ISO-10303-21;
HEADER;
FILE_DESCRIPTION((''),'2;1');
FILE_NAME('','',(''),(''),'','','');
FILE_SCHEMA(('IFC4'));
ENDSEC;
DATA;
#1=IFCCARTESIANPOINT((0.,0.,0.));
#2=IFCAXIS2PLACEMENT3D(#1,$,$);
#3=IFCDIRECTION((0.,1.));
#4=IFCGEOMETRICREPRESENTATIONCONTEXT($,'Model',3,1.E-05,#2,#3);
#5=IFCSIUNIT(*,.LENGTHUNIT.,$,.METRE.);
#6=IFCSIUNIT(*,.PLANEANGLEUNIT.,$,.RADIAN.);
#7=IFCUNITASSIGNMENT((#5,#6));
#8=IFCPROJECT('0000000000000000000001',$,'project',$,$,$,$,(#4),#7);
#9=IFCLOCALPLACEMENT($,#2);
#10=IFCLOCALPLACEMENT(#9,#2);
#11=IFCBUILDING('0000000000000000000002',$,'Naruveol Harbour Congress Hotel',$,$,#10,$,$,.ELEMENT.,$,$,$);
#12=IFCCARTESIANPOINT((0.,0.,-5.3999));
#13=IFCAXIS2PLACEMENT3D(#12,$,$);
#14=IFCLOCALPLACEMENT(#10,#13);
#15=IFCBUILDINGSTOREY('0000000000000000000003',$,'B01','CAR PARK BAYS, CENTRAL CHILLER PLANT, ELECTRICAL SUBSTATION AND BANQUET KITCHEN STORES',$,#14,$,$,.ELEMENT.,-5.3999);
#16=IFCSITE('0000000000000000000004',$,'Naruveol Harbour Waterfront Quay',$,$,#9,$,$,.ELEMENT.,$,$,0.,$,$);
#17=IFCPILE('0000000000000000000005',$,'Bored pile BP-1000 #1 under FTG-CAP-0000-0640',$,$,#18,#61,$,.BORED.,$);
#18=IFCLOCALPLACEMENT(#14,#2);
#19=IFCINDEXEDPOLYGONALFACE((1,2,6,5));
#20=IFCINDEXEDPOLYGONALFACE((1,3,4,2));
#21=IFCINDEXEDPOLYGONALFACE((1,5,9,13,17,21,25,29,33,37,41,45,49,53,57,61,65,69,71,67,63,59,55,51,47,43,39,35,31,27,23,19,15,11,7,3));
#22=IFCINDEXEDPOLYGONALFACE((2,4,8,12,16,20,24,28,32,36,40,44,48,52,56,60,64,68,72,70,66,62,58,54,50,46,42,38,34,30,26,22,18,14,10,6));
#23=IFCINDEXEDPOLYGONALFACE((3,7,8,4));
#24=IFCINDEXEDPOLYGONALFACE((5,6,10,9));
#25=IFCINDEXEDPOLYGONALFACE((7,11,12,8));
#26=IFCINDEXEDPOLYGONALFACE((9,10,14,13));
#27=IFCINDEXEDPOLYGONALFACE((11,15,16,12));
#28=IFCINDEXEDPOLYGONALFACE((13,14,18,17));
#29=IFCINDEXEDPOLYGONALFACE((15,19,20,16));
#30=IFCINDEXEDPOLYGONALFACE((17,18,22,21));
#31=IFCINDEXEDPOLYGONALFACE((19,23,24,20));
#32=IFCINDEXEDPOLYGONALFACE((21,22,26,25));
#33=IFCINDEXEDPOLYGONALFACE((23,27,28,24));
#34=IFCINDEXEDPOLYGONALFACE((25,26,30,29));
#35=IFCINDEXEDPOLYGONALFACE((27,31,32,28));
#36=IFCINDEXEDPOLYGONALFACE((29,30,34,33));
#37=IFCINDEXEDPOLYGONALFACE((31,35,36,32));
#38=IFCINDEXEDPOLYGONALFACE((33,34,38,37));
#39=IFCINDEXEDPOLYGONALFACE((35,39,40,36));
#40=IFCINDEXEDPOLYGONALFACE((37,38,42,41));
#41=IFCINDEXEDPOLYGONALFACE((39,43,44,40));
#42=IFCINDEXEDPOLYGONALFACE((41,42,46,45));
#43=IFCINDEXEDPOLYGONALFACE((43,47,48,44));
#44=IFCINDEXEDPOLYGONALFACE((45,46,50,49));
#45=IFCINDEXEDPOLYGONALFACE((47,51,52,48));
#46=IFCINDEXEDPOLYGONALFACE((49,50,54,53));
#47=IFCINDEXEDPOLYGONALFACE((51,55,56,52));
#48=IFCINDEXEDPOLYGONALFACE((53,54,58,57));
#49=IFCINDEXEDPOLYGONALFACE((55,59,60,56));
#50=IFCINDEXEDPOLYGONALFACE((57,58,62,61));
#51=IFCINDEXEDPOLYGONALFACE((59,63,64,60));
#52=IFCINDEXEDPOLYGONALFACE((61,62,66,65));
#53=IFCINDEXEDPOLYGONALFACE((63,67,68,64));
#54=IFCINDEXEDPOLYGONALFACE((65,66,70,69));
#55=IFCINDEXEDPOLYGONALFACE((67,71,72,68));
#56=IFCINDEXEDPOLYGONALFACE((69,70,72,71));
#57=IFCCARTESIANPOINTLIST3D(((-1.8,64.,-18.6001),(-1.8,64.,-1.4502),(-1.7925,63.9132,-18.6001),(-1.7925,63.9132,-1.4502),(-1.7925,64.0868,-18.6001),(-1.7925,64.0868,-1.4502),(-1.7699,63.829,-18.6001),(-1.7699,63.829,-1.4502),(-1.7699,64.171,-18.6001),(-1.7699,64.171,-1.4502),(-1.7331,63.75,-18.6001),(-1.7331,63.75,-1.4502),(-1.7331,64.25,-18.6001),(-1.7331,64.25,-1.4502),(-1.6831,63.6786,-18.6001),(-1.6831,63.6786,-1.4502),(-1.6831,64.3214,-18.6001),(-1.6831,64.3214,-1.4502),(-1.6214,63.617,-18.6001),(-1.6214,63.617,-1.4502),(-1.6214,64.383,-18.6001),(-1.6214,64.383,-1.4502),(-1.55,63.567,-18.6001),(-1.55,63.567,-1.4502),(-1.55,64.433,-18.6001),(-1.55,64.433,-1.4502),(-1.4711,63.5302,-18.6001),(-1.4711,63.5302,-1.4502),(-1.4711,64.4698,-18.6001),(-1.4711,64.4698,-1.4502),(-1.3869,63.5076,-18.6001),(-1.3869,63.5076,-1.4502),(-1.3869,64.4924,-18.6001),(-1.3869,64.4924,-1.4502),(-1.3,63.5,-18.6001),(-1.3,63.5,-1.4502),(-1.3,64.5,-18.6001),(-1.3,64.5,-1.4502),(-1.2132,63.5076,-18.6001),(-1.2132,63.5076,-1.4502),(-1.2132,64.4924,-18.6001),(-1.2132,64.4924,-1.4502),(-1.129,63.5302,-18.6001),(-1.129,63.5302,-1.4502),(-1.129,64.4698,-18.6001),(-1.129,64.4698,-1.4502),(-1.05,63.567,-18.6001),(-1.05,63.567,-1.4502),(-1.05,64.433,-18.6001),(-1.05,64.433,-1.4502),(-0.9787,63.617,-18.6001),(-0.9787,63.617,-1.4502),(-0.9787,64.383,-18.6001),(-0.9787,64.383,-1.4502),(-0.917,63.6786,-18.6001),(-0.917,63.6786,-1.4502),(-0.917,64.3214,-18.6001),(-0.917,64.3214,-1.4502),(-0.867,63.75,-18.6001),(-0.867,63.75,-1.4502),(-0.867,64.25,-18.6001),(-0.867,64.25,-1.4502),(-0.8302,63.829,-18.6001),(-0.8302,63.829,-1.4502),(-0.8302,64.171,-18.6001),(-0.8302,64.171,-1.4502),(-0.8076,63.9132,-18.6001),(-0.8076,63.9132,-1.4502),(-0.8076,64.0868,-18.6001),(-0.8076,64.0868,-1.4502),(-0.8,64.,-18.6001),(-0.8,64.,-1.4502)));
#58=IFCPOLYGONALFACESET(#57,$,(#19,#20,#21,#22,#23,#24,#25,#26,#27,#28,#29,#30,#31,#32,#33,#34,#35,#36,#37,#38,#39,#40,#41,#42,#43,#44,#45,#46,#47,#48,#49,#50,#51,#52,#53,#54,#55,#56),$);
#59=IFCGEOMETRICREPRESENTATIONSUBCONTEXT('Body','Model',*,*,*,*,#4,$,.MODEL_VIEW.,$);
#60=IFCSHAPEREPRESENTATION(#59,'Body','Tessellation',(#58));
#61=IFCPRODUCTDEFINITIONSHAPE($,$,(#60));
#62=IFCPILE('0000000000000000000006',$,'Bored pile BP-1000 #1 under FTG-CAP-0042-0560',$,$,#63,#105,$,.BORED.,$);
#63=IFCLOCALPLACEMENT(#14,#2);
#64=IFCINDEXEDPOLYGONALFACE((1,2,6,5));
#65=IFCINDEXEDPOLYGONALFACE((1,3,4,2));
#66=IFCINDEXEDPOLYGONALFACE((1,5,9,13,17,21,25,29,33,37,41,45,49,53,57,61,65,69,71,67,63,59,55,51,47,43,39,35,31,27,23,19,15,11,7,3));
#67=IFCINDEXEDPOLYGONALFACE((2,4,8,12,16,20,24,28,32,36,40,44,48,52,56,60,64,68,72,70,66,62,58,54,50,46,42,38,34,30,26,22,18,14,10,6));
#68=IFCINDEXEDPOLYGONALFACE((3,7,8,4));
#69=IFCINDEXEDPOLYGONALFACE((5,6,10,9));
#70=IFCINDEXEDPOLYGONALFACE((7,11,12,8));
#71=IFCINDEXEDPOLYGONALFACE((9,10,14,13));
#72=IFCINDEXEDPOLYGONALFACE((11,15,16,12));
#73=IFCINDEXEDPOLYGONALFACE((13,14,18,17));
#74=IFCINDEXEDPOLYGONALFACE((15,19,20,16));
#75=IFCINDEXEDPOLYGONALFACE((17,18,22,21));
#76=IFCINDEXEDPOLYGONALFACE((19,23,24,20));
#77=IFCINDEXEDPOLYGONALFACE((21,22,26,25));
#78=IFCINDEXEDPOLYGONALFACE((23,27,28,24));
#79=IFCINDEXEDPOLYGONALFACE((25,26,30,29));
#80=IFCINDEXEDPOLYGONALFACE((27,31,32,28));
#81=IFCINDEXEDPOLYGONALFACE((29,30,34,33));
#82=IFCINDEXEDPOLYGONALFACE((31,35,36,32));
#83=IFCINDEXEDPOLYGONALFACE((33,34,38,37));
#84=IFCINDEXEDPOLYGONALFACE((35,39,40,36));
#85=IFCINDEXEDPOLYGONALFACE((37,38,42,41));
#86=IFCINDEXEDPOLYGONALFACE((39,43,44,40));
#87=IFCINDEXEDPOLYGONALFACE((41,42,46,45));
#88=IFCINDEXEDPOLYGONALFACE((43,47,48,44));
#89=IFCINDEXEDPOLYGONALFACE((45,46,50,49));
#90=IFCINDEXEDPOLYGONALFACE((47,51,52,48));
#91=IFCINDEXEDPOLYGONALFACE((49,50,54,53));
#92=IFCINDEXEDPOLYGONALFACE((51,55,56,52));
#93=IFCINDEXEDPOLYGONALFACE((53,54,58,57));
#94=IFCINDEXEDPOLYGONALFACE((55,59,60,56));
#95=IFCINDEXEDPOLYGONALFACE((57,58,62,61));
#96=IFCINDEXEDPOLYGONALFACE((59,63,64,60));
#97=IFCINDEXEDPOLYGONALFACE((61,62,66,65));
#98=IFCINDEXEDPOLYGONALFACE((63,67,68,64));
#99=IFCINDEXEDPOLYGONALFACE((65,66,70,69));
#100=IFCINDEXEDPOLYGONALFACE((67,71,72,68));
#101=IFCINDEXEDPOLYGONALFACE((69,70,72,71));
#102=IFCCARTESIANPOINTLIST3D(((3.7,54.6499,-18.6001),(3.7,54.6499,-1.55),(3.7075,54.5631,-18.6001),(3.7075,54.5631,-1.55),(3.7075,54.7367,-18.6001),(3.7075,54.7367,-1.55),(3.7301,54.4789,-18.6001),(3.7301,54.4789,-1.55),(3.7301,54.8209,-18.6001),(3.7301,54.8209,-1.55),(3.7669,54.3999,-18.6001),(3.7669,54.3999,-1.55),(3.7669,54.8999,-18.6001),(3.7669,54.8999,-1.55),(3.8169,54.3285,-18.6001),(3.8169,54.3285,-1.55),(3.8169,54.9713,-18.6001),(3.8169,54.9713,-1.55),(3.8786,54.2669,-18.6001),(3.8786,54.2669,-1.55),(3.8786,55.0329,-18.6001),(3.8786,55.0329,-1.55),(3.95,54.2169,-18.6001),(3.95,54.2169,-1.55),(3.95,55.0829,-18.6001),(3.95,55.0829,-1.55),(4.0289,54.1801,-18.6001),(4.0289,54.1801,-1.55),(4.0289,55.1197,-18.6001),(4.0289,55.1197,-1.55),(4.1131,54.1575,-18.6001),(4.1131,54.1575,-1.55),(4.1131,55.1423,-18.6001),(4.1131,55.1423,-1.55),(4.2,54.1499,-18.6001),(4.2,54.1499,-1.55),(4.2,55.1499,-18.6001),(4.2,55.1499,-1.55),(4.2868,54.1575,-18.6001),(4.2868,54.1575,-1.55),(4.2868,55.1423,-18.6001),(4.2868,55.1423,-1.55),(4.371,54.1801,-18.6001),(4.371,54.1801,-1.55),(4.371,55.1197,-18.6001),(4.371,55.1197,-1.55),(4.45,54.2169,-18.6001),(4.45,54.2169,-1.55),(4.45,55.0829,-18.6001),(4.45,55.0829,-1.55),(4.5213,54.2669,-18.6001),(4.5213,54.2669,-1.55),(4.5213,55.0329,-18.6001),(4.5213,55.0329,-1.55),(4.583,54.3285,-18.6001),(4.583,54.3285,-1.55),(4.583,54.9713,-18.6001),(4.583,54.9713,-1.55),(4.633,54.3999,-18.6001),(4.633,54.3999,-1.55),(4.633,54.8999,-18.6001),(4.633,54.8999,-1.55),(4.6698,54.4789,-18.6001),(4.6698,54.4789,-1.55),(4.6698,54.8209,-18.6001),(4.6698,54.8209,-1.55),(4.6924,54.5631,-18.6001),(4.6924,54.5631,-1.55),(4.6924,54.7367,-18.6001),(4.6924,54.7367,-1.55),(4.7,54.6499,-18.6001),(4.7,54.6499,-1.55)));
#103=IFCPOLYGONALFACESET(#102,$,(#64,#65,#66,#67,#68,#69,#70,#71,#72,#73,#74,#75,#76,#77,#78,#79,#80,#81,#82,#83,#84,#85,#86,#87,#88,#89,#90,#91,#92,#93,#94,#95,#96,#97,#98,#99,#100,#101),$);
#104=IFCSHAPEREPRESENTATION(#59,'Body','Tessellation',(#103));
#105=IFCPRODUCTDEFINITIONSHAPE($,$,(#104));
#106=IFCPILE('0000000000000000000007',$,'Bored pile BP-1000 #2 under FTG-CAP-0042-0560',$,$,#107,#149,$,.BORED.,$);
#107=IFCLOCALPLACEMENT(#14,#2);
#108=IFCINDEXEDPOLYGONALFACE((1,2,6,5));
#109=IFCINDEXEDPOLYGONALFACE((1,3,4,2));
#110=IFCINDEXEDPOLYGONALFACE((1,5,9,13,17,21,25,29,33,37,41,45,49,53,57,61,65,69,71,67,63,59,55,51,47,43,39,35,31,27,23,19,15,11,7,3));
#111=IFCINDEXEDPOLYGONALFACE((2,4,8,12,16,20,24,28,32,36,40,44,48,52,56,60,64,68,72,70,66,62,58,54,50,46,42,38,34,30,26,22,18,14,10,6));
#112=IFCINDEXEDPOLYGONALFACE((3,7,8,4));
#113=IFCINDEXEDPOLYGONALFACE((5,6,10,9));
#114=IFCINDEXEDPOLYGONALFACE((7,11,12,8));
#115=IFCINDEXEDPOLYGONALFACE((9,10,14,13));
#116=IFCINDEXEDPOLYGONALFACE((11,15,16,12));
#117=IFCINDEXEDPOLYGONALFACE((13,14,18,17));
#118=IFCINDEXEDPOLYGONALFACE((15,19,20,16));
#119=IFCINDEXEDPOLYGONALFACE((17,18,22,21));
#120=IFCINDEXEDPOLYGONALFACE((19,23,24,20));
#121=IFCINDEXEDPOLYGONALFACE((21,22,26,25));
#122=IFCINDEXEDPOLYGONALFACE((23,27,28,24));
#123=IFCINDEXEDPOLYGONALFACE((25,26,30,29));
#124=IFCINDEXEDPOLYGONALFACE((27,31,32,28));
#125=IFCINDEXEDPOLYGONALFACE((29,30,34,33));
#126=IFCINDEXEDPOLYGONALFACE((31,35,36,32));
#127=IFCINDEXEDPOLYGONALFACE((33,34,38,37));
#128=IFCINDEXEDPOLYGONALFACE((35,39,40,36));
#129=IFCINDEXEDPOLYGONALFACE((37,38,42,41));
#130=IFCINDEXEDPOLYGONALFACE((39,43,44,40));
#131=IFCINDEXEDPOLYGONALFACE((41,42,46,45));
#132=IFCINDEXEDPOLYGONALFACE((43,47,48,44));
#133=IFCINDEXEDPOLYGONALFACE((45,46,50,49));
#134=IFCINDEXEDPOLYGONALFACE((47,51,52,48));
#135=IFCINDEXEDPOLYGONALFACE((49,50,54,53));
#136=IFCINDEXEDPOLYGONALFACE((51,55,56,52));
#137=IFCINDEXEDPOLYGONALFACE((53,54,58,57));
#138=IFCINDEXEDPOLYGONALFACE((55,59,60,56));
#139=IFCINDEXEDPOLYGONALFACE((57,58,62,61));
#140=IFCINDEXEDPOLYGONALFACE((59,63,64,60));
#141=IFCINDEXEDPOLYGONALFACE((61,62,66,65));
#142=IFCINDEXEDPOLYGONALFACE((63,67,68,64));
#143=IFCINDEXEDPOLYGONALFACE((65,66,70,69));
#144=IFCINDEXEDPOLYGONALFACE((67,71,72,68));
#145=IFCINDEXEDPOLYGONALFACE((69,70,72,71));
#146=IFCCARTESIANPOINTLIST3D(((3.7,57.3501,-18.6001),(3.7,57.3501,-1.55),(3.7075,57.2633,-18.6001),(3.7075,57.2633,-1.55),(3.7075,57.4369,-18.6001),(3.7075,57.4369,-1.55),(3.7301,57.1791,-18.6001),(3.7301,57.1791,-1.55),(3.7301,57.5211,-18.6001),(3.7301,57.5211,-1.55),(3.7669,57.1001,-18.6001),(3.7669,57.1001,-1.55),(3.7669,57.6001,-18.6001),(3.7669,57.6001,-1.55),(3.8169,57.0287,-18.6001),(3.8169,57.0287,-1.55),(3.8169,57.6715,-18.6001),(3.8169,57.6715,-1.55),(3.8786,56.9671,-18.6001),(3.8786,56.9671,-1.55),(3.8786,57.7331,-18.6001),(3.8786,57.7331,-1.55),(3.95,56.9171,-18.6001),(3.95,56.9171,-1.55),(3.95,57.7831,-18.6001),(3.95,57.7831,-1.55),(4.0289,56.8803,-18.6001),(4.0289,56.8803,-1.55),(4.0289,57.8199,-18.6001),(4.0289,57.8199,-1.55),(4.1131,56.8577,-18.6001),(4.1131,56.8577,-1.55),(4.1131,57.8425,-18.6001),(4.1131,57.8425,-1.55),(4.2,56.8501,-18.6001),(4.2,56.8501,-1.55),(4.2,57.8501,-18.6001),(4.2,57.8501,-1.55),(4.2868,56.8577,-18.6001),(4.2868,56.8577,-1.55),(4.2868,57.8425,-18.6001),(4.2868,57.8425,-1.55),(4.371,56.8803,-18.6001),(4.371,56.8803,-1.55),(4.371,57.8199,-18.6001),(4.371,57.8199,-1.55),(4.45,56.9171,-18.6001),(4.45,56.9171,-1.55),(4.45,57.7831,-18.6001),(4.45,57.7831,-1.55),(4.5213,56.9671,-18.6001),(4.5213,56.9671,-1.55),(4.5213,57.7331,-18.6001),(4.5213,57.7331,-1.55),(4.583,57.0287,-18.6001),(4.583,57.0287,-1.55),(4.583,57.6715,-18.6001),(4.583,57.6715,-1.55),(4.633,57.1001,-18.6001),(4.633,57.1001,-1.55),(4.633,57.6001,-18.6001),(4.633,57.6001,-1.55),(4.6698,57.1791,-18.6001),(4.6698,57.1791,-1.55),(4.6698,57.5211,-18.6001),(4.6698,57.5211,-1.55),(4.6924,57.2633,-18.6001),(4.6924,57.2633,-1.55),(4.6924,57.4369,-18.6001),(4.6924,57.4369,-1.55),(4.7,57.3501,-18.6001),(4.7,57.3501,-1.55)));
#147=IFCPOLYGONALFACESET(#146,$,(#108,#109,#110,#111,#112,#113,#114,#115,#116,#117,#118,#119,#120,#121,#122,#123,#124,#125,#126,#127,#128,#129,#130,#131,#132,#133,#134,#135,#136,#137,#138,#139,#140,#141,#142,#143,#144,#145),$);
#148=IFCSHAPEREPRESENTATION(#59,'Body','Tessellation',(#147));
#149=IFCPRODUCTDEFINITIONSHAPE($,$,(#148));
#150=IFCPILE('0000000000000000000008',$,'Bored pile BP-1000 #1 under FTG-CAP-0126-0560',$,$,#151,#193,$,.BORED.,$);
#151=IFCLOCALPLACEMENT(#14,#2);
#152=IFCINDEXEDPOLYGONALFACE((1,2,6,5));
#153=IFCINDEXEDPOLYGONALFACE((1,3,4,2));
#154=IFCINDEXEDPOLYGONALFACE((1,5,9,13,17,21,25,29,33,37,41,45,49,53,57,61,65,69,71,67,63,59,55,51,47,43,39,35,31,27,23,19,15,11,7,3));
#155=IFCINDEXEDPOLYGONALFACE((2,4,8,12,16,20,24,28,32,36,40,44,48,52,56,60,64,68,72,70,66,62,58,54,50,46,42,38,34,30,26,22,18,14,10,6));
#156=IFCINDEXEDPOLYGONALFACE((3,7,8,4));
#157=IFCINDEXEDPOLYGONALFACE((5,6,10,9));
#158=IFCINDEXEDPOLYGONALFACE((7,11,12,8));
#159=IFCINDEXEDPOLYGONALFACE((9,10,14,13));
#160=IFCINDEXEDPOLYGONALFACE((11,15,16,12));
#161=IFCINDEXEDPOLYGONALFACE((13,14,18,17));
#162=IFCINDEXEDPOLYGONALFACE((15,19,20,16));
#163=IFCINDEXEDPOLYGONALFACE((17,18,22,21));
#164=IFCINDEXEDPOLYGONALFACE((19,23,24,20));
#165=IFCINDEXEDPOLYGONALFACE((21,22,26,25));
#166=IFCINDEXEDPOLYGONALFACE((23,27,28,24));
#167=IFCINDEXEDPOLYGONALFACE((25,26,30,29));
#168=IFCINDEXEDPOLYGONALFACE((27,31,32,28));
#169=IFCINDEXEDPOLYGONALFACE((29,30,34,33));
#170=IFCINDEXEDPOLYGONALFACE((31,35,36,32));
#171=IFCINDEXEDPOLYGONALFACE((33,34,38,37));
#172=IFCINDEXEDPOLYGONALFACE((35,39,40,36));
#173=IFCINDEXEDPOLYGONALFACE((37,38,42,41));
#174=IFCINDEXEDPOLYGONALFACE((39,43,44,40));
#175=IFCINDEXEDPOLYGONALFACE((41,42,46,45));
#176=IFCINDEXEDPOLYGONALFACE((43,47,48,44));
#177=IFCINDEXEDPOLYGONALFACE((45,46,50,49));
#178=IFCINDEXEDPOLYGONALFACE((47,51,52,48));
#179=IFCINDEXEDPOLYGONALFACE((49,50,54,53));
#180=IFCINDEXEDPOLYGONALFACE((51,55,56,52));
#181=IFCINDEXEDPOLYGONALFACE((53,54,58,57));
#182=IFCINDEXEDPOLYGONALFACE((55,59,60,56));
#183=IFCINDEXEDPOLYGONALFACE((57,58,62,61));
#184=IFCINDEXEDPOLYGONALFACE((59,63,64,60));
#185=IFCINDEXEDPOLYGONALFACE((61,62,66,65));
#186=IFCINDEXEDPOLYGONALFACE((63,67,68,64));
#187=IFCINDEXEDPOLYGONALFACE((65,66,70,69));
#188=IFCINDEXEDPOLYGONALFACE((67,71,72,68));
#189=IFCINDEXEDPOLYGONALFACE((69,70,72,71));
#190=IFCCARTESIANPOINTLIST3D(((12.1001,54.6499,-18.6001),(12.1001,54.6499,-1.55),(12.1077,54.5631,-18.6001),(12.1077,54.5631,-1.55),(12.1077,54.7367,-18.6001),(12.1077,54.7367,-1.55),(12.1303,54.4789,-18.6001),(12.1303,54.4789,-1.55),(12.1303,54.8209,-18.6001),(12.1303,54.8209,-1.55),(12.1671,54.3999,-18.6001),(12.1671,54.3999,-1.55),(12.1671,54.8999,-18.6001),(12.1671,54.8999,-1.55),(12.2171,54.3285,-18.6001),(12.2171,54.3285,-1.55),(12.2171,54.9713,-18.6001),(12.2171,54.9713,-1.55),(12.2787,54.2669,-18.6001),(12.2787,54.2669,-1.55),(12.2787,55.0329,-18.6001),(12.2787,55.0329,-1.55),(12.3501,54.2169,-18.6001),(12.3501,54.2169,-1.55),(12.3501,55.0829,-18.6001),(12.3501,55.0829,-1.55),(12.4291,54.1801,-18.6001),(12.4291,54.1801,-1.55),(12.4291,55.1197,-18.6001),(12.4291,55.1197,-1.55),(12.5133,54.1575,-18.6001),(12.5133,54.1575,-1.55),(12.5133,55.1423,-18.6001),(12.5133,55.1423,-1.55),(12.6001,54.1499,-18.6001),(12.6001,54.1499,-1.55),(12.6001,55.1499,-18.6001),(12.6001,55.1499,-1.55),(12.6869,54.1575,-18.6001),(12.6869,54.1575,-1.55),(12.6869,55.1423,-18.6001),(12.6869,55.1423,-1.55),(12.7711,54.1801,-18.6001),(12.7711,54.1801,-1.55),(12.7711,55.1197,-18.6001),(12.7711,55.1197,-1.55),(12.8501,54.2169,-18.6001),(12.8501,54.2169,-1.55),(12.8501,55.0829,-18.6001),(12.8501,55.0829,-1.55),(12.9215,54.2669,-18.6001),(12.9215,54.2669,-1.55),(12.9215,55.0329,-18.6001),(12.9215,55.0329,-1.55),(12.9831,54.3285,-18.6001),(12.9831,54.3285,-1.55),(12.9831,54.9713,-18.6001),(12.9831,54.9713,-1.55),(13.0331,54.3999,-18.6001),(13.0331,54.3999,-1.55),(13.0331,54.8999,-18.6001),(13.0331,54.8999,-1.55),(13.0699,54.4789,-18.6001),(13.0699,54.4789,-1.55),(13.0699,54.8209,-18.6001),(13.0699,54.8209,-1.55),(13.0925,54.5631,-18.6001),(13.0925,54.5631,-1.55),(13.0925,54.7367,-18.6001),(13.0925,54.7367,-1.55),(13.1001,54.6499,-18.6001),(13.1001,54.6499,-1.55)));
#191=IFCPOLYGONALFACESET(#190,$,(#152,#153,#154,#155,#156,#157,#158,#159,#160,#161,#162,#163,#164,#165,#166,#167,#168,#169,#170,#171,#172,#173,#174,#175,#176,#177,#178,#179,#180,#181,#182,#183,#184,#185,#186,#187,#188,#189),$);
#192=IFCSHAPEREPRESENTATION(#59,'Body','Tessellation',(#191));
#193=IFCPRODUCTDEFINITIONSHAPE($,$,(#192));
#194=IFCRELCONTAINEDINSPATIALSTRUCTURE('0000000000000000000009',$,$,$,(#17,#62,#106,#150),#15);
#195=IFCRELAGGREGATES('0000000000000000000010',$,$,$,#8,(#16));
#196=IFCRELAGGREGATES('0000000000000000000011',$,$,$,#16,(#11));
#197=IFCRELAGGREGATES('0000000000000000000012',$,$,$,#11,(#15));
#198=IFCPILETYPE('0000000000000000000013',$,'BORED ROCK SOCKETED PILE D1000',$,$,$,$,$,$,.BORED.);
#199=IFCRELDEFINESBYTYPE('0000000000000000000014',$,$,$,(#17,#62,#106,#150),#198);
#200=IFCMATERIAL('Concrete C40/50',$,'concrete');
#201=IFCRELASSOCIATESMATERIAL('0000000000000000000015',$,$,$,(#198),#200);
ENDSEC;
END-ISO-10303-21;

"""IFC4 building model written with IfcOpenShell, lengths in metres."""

from ifc_helpers import new_model, si_unit, direction, frame, origin, origin_2d, place, context, subcontext, project, spatial, circle, extrude, material, material_profile, profile_set, type_object, element, save


model = new_model("IFC4")

# Units and contexts
model_context = context("Model", 3, precision=1e-05, world=origin(), true_north=direction((0.0, 1.0)))
body_context = subcontext(model_context, "Body", "Model", "MODEL_VIEW")
ifc_project = project(units=[si_unit("LENGTHUNIT", "METRE"), si_unit("PLANEANGLEUNIT", "RADIAN")], contexts=[model_context])

# Site, building, storey
site_placement = place(None, origin())
site = spatial("IfcSite", under=ifc_project, at=site_placement, Name="Naruveol Harbour Waterfront Quay", CompositionType="ELEMENT", RefElevation=0.0)
building_placement = place(site_placement, origin())
building = spatial("IfcBuilding", under=site, at=building_placement, Name="Naruveol Harbour Congress Hotel", CompositionType="ELEMENT")
storey_placement = place(building_placement, frame((0.0, 0.0, -5.3999)))
storey = spatial("IfcBuildingStorey", under=building, at=storey_placement, Name="B01", Description="CAR PARK BAYS, CENTRAL CHILLER PLANT, ELECTRICAL SUBSTATION AND BANQUET KITCHEN STORES", CompositionType="ELEMENT", Elevation=-5.3999)

# Piles
ifc_material_1 = material(Name="Concrete C40/50", Category="concrete")
ifc_material_profile_1 = material_profile(ifc_material_1, circle(Radius=0.5, at=origin_2d()), Name="BP-1000")
ifc_profile_set_1 = profile_set([ifc_material_profile_1], Name="Concrete C40/50")
pile_type_1 = type_object("IfcPileType", Name="BORED ROCK SOCKETED PILE D1000", PredefinedType="BORED", material=ifc_profile_set_1)
pile_placement = place(storey_placement, frame((-1.3, 64.0, -1.4502), z_axis=(0.0, 0.0, -1.0), x_axis=(1.0, 0.0, 0.0)))
element("IfcPile", 1, at=pile_placement, inside=storey, type_object=pile_type_1, Name="Bored pile BP-1000 #1 under FTG-CAP-0000-0640", PredefinedType="BORED", context=body_context, shape_type="SweptSolid", body=[
    extrude(circle(Radius=0.5, at=origin_2d()), origin(), (0.0, 0.0, 1.0), 17.1499),
])
for number, where, z_axis, x_axis, name in (
    (2, (4.2, 54.6499, -1.55), (0.0, 0.0, -1.0), (1.0, 0.0, 0.0), "Bored pile BP-1000 #1 under FTG-CAP-0042-0560"),
    (3, (4.2, 57.3501, -1.55), (0.0, 0.0, -1.0), (1.0, 0.0, 0.0), "Bored pile BP-1000 #2 under FTG-CAP-0042-0560"),
    (4, (12.6001, 54.6499, -1.55), (0.0, 0.0, -1.0), (1.0, 0.0, 0.0), "Bored pile BP-1000 #1 under FTG-CAP-0126-0560"),
):
    element("IfcPile", number, at=place(storey_placement, frame(where, z_axis=z_axis, x_axis=x_axis)), inside=storey, type_object=pile_type_1, Name=name, PredefinedType="BORED", context=body_context, shape_type="SweptSolid", body=[
        extrude(circle(Radius=0.5, at=origin_2d()), origin(), (0.0, 0.0, 1.0), 17.05),
    ])

save(model, "model.ifc")
